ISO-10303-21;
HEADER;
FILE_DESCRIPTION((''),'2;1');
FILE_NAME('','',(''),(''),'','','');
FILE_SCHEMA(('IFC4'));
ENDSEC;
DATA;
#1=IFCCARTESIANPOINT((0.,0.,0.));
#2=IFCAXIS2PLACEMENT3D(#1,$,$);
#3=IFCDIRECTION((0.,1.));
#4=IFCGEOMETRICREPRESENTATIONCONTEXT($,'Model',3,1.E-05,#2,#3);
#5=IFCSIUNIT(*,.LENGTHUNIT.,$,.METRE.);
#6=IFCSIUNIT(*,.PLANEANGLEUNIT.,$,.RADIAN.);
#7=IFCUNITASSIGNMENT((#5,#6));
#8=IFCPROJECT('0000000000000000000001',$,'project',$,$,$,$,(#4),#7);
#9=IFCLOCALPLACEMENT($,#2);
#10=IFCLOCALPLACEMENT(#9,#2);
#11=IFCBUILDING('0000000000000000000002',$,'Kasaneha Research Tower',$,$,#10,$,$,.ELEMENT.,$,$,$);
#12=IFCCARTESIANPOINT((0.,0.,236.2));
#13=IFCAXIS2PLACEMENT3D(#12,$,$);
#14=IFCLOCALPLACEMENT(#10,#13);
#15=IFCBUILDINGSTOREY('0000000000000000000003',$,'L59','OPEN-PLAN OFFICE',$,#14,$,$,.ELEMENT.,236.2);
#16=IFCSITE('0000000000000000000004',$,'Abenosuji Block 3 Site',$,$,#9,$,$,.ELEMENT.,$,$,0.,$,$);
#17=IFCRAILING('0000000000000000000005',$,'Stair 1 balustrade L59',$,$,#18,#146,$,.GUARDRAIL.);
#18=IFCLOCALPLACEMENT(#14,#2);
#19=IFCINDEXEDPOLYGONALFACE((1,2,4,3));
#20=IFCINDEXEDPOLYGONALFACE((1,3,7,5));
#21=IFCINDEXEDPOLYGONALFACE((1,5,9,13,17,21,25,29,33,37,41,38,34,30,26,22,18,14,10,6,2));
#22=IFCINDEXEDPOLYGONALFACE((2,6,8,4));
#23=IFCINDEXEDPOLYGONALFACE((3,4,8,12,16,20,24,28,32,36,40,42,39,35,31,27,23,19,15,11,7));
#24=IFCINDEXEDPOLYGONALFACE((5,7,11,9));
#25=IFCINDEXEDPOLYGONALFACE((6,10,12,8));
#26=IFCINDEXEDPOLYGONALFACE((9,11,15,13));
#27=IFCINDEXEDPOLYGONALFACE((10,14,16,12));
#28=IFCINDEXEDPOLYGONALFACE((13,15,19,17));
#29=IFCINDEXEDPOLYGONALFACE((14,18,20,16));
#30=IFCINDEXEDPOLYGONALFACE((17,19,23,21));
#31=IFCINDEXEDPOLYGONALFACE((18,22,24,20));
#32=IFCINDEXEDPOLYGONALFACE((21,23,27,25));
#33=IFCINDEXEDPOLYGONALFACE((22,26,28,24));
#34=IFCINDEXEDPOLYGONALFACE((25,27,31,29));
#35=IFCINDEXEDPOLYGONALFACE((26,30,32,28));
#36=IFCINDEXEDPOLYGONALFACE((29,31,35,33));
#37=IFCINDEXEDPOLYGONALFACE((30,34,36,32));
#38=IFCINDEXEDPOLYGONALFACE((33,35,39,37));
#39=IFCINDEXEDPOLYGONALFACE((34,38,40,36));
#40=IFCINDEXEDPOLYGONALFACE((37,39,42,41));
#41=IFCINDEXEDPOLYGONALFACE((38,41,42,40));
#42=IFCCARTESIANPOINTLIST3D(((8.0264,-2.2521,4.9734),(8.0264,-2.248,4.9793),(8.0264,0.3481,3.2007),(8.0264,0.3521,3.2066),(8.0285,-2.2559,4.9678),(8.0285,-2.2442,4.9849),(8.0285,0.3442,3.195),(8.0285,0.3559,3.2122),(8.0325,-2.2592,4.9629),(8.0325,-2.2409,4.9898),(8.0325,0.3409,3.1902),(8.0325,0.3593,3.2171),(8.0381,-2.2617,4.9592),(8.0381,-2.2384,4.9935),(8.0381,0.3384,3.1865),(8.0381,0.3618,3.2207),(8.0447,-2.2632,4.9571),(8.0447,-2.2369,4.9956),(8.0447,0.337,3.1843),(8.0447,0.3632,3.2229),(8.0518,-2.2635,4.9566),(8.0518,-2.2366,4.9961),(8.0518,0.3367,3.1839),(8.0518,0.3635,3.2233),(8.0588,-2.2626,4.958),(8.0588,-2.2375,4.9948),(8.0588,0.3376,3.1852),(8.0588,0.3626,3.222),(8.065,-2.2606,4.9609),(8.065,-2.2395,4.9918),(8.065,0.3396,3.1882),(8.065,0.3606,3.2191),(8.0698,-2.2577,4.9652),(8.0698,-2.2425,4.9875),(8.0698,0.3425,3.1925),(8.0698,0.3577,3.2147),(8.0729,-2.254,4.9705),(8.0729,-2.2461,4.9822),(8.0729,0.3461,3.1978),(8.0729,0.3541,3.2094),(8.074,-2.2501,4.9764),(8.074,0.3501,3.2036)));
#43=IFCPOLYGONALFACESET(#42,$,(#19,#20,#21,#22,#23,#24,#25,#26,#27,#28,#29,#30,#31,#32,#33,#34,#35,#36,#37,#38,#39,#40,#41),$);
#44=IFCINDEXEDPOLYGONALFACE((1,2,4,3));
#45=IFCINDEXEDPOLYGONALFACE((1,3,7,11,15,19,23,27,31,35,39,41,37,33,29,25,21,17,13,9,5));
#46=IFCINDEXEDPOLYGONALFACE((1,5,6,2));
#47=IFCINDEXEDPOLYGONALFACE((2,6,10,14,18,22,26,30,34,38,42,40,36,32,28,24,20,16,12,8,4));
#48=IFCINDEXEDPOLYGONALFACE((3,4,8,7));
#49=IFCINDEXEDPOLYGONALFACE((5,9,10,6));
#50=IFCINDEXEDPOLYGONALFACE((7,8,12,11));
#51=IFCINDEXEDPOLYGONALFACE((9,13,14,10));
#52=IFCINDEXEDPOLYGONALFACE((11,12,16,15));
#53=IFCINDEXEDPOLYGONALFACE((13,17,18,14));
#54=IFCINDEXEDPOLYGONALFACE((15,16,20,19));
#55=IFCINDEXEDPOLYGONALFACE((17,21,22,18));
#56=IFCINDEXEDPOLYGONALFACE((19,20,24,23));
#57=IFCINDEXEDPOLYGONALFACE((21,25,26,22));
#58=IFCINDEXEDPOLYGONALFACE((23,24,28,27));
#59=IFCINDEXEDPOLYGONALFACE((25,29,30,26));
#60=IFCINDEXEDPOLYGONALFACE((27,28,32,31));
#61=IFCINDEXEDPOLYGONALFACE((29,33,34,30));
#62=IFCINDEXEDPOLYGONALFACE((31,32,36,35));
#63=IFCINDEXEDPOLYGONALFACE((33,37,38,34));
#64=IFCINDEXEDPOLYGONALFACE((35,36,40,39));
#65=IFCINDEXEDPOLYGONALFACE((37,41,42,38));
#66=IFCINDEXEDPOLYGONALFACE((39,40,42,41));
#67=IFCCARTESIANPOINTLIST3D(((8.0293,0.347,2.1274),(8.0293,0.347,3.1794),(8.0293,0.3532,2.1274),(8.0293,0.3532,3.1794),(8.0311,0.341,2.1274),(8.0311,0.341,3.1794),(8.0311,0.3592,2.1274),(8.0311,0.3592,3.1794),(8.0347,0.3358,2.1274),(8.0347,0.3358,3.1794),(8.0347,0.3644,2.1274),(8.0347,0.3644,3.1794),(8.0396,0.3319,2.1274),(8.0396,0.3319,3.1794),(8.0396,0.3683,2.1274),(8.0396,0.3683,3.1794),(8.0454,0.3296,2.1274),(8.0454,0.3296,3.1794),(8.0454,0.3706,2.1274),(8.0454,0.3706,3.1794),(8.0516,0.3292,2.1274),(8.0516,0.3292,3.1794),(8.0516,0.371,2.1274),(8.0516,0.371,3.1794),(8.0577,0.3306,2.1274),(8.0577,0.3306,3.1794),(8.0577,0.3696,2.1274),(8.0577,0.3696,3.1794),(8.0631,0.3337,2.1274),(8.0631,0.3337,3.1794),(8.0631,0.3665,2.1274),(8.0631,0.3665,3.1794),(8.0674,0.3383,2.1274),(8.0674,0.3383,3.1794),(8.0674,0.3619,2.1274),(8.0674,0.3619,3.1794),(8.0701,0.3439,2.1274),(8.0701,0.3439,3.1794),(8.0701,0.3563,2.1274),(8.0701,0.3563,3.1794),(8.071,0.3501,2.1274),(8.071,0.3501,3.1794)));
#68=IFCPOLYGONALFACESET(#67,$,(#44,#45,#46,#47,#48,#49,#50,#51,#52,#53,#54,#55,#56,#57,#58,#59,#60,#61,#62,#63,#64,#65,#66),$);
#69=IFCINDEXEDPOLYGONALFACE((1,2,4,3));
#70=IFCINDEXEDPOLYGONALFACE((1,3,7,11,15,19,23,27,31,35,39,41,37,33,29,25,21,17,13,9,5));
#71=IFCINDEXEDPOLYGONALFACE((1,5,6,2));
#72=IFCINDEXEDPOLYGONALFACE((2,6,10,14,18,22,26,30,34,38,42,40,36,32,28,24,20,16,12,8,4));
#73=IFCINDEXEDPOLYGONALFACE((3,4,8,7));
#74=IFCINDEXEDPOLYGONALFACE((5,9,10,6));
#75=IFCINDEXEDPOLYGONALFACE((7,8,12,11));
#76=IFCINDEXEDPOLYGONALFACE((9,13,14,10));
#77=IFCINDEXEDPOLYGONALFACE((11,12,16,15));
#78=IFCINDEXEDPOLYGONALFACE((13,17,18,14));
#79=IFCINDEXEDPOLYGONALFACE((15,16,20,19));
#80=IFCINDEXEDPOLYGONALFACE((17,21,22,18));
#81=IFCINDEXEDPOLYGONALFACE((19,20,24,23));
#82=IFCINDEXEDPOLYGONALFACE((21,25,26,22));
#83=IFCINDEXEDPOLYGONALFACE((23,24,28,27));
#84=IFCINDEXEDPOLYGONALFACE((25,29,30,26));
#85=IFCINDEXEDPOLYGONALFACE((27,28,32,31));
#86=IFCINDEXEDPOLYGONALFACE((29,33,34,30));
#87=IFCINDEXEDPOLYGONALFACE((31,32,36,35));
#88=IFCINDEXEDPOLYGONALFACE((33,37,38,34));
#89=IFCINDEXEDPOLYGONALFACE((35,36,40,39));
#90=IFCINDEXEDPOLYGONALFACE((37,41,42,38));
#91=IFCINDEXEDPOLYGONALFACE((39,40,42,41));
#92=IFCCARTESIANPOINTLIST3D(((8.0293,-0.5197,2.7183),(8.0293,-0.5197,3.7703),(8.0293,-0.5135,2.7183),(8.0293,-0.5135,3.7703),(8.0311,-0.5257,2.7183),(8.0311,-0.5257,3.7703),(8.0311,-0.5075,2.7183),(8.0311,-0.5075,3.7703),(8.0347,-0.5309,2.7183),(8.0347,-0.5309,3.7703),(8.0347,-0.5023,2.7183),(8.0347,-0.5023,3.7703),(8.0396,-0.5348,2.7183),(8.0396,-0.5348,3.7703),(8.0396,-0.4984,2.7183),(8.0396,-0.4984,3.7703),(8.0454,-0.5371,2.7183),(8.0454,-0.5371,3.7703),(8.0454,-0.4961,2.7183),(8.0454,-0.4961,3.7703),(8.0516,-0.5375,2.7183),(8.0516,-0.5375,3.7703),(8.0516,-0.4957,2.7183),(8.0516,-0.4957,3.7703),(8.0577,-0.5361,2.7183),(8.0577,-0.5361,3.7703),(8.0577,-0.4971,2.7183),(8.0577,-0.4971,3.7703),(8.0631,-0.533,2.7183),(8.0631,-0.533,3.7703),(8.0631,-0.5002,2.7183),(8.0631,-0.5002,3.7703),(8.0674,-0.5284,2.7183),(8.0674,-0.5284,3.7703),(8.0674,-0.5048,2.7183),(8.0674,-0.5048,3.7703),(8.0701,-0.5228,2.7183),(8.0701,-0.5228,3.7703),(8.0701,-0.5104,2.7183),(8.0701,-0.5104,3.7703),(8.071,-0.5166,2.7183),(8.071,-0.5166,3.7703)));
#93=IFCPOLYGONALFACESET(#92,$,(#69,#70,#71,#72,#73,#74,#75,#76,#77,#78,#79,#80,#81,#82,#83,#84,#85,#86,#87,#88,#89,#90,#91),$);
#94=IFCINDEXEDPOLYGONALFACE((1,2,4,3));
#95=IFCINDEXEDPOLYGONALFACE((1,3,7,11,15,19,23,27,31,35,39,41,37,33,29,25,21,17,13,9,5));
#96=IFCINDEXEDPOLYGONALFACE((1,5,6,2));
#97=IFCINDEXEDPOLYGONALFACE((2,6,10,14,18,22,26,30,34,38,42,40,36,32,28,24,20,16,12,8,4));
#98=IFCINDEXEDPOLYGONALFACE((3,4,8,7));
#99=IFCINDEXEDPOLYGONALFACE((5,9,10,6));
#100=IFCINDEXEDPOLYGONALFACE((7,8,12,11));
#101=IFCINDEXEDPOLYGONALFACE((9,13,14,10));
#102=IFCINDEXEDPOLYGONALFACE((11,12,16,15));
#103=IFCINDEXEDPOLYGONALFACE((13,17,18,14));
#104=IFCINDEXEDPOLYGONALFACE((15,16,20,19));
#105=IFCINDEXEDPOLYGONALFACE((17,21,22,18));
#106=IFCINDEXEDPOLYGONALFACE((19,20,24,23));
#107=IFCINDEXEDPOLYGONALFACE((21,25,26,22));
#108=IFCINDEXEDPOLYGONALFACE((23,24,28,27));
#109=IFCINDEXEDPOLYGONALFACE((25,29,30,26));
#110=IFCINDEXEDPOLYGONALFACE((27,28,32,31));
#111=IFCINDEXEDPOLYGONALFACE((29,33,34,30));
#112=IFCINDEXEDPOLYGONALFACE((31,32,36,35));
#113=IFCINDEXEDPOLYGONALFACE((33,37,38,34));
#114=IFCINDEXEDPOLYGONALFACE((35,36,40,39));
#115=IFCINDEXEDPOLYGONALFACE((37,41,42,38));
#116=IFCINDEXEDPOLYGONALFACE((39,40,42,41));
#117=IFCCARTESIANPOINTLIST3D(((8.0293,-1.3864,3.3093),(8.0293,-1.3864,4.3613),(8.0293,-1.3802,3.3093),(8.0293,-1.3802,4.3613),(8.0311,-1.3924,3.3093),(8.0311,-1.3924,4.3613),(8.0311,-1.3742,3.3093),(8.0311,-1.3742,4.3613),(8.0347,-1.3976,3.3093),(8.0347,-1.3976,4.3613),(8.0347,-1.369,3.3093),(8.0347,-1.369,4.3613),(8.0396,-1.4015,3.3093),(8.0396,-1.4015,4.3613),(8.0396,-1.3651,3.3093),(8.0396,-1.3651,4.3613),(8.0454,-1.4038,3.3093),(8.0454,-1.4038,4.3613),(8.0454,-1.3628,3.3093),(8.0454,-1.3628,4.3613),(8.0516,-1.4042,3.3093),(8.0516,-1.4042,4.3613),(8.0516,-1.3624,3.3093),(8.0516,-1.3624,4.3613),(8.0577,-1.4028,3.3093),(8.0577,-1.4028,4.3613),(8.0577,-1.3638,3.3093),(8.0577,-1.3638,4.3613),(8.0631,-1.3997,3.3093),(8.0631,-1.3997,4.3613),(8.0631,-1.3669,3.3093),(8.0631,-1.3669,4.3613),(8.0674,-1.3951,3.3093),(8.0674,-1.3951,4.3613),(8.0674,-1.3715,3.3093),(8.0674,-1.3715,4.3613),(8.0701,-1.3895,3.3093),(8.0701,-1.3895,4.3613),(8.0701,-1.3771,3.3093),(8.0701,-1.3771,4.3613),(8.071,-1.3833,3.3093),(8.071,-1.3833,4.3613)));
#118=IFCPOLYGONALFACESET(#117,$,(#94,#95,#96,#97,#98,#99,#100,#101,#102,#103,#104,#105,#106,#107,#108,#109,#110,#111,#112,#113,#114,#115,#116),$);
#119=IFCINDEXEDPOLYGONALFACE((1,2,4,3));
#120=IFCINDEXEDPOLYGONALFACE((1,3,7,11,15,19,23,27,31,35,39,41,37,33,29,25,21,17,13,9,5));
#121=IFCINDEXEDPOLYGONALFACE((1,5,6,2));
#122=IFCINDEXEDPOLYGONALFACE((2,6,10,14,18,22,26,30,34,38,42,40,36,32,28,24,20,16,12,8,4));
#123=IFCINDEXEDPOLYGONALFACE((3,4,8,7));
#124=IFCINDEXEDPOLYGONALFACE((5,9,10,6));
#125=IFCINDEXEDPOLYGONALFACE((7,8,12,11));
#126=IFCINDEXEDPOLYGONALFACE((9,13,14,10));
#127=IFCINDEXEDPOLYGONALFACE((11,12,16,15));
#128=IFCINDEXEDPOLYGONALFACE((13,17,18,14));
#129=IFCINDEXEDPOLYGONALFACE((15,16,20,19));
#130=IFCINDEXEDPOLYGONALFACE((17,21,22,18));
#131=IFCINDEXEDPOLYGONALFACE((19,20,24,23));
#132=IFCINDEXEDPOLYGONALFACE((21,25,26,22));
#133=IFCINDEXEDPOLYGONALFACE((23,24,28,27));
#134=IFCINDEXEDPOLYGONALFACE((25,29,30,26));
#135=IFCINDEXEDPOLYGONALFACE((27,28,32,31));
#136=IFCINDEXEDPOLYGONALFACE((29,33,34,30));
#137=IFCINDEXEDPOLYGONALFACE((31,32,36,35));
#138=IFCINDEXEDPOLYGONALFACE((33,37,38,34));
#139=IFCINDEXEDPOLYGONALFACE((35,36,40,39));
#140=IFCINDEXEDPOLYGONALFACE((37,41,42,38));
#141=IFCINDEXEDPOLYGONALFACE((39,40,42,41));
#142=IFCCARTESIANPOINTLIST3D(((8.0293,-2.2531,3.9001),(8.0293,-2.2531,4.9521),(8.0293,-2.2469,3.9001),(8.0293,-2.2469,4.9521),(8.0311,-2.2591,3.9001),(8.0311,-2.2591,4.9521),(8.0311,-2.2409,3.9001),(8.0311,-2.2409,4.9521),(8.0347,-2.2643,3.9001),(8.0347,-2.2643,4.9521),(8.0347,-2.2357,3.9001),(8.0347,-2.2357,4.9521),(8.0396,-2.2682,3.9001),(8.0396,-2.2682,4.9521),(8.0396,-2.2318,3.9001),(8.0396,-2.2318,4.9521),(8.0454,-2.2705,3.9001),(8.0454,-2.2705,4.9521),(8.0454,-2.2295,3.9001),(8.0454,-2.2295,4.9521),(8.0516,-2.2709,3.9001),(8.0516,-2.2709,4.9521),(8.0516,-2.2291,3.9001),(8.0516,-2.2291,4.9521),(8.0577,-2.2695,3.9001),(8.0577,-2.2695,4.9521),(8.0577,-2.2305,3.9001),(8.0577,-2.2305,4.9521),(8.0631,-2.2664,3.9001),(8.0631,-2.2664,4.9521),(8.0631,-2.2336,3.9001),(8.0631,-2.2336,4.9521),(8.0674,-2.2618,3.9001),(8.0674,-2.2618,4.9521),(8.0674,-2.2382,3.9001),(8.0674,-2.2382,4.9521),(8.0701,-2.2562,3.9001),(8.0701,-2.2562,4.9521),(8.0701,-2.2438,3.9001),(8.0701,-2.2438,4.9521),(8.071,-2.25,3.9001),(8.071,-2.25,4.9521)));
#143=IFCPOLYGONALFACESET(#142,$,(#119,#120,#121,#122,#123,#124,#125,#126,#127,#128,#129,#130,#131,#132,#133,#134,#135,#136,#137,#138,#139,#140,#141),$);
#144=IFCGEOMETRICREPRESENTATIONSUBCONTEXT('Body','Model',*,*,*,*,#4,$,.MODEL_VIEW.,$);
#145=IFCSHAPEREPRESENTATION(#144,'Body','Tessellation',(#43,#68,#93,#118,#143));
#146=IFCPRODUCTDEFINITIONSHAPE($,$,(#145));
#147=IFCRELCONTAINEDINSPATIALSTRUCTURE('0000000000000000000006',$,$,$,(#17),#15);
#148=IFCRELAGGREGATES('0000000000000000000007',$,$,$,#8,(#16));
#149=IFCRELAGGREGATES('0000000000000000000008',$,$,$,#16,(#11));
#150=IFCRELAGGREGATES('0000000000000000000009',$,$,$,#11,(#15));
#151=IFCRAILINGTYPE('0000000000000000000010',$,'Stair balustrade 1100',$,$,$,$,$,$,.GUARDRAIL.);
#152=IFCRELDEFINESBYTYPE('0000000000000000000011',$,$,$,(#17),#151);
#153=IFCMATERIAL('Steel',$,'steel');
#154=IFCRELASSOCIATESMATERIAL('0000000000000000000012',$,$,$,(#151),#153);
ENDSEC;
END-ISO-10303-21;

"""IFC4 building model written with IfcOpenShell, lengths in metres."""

from ifc_helpers import new_model, si_unit, direction, frame, origin, origin_2d, place, context, subcontext, project, spatial, circle, extrude, material, type_object, element, save


model = new_model("IFC4")

# Units and contexts
model_context = context("Model", 3, precision=1e-05, world=origin(), true_north=direction((0.0, 1.0)))
body_context = subcontext(model_context, "Body", "Model", "MODEL_VIEW")
ifc_project = project(units=[si_unit("LENGTHUNIT", "METRE"), si_unit("PLANEANGLEUNIT", "RADIAN")], contexts=[model_context])

# Site, building, storey
site_placement = place(None, origin())
site = spatial("IfcSite", under=ifc_project, at=site_placement, Name="Abenosuji Block 3 Site", CompositionType="ELEMENT", RefElevation=0.0)
building_placement = place(site_placement, origin())
building = spatial("IfcBuilding", under=site, at=building_placement, Name="Kasaneha Research Tower", CompositionType="ELEMENT")
storey_placement = place(building_placement, frame((0.0, 0.0, 236.2)))
storey = spatial("IfcBuildingStorey", under=building, at=storey_placement, Name="L59", Description="OPEN-PLAN OFFICE", CompositionType="ELEMENT", Elevation=236.2)

# Railing
ifc_material_1 = material(Name="Steel", Category="steel")
railing_type_1 = type_object("IfcRailingType", Name="Stair balustrade 1100", PredefinedType="GUARDRAIL", material=ifc_material_1)
railing_1_placement = place(storey_placement, frame((8.05, 0.3501, 2.1274)))
element("IfcRailing", 1, at=railing_1_placement, inside=storey, type_object=railing_type_1, Name="Stair 1 balustrade L59", PredefinedType="GUARDRAIL", context=body_context, shape_type="SweptSolid", body=[
    extrude(circle(Radius=0.0239, at=origin_2d()), frame((0.0, 0.0, 1.0762), z_axis=(0.0, -0.82624, 0.563318), x_axis=(1.0, 0.0, 0.0)), (0.0, 0.0, 1.0), 3.147),
    extrude(circle(Radius=0.021, at=origin_2d()), origin(), (0.0, 0.0, 1.0), 1.052),
    extrude(circle(Radius=0.021, at=origin_2d()), frame((0.0, -0.8667, 0.5908)), (0.0, 0.0, 1.0), 1.052),
    extrude(circle(Radius=0.021, at=origin_2d()), frame((0.0, -1.7334, 1.1819)), (0.0, 0.0, 1.0), 1.052),
    extrude(circle(Radius=0.021, at=origin_2d()), frame((0.0, -2.6001, 1.7727)), (0.0, 0.0, 1.0), 1.052),
])

save(model, "model.ifc")
